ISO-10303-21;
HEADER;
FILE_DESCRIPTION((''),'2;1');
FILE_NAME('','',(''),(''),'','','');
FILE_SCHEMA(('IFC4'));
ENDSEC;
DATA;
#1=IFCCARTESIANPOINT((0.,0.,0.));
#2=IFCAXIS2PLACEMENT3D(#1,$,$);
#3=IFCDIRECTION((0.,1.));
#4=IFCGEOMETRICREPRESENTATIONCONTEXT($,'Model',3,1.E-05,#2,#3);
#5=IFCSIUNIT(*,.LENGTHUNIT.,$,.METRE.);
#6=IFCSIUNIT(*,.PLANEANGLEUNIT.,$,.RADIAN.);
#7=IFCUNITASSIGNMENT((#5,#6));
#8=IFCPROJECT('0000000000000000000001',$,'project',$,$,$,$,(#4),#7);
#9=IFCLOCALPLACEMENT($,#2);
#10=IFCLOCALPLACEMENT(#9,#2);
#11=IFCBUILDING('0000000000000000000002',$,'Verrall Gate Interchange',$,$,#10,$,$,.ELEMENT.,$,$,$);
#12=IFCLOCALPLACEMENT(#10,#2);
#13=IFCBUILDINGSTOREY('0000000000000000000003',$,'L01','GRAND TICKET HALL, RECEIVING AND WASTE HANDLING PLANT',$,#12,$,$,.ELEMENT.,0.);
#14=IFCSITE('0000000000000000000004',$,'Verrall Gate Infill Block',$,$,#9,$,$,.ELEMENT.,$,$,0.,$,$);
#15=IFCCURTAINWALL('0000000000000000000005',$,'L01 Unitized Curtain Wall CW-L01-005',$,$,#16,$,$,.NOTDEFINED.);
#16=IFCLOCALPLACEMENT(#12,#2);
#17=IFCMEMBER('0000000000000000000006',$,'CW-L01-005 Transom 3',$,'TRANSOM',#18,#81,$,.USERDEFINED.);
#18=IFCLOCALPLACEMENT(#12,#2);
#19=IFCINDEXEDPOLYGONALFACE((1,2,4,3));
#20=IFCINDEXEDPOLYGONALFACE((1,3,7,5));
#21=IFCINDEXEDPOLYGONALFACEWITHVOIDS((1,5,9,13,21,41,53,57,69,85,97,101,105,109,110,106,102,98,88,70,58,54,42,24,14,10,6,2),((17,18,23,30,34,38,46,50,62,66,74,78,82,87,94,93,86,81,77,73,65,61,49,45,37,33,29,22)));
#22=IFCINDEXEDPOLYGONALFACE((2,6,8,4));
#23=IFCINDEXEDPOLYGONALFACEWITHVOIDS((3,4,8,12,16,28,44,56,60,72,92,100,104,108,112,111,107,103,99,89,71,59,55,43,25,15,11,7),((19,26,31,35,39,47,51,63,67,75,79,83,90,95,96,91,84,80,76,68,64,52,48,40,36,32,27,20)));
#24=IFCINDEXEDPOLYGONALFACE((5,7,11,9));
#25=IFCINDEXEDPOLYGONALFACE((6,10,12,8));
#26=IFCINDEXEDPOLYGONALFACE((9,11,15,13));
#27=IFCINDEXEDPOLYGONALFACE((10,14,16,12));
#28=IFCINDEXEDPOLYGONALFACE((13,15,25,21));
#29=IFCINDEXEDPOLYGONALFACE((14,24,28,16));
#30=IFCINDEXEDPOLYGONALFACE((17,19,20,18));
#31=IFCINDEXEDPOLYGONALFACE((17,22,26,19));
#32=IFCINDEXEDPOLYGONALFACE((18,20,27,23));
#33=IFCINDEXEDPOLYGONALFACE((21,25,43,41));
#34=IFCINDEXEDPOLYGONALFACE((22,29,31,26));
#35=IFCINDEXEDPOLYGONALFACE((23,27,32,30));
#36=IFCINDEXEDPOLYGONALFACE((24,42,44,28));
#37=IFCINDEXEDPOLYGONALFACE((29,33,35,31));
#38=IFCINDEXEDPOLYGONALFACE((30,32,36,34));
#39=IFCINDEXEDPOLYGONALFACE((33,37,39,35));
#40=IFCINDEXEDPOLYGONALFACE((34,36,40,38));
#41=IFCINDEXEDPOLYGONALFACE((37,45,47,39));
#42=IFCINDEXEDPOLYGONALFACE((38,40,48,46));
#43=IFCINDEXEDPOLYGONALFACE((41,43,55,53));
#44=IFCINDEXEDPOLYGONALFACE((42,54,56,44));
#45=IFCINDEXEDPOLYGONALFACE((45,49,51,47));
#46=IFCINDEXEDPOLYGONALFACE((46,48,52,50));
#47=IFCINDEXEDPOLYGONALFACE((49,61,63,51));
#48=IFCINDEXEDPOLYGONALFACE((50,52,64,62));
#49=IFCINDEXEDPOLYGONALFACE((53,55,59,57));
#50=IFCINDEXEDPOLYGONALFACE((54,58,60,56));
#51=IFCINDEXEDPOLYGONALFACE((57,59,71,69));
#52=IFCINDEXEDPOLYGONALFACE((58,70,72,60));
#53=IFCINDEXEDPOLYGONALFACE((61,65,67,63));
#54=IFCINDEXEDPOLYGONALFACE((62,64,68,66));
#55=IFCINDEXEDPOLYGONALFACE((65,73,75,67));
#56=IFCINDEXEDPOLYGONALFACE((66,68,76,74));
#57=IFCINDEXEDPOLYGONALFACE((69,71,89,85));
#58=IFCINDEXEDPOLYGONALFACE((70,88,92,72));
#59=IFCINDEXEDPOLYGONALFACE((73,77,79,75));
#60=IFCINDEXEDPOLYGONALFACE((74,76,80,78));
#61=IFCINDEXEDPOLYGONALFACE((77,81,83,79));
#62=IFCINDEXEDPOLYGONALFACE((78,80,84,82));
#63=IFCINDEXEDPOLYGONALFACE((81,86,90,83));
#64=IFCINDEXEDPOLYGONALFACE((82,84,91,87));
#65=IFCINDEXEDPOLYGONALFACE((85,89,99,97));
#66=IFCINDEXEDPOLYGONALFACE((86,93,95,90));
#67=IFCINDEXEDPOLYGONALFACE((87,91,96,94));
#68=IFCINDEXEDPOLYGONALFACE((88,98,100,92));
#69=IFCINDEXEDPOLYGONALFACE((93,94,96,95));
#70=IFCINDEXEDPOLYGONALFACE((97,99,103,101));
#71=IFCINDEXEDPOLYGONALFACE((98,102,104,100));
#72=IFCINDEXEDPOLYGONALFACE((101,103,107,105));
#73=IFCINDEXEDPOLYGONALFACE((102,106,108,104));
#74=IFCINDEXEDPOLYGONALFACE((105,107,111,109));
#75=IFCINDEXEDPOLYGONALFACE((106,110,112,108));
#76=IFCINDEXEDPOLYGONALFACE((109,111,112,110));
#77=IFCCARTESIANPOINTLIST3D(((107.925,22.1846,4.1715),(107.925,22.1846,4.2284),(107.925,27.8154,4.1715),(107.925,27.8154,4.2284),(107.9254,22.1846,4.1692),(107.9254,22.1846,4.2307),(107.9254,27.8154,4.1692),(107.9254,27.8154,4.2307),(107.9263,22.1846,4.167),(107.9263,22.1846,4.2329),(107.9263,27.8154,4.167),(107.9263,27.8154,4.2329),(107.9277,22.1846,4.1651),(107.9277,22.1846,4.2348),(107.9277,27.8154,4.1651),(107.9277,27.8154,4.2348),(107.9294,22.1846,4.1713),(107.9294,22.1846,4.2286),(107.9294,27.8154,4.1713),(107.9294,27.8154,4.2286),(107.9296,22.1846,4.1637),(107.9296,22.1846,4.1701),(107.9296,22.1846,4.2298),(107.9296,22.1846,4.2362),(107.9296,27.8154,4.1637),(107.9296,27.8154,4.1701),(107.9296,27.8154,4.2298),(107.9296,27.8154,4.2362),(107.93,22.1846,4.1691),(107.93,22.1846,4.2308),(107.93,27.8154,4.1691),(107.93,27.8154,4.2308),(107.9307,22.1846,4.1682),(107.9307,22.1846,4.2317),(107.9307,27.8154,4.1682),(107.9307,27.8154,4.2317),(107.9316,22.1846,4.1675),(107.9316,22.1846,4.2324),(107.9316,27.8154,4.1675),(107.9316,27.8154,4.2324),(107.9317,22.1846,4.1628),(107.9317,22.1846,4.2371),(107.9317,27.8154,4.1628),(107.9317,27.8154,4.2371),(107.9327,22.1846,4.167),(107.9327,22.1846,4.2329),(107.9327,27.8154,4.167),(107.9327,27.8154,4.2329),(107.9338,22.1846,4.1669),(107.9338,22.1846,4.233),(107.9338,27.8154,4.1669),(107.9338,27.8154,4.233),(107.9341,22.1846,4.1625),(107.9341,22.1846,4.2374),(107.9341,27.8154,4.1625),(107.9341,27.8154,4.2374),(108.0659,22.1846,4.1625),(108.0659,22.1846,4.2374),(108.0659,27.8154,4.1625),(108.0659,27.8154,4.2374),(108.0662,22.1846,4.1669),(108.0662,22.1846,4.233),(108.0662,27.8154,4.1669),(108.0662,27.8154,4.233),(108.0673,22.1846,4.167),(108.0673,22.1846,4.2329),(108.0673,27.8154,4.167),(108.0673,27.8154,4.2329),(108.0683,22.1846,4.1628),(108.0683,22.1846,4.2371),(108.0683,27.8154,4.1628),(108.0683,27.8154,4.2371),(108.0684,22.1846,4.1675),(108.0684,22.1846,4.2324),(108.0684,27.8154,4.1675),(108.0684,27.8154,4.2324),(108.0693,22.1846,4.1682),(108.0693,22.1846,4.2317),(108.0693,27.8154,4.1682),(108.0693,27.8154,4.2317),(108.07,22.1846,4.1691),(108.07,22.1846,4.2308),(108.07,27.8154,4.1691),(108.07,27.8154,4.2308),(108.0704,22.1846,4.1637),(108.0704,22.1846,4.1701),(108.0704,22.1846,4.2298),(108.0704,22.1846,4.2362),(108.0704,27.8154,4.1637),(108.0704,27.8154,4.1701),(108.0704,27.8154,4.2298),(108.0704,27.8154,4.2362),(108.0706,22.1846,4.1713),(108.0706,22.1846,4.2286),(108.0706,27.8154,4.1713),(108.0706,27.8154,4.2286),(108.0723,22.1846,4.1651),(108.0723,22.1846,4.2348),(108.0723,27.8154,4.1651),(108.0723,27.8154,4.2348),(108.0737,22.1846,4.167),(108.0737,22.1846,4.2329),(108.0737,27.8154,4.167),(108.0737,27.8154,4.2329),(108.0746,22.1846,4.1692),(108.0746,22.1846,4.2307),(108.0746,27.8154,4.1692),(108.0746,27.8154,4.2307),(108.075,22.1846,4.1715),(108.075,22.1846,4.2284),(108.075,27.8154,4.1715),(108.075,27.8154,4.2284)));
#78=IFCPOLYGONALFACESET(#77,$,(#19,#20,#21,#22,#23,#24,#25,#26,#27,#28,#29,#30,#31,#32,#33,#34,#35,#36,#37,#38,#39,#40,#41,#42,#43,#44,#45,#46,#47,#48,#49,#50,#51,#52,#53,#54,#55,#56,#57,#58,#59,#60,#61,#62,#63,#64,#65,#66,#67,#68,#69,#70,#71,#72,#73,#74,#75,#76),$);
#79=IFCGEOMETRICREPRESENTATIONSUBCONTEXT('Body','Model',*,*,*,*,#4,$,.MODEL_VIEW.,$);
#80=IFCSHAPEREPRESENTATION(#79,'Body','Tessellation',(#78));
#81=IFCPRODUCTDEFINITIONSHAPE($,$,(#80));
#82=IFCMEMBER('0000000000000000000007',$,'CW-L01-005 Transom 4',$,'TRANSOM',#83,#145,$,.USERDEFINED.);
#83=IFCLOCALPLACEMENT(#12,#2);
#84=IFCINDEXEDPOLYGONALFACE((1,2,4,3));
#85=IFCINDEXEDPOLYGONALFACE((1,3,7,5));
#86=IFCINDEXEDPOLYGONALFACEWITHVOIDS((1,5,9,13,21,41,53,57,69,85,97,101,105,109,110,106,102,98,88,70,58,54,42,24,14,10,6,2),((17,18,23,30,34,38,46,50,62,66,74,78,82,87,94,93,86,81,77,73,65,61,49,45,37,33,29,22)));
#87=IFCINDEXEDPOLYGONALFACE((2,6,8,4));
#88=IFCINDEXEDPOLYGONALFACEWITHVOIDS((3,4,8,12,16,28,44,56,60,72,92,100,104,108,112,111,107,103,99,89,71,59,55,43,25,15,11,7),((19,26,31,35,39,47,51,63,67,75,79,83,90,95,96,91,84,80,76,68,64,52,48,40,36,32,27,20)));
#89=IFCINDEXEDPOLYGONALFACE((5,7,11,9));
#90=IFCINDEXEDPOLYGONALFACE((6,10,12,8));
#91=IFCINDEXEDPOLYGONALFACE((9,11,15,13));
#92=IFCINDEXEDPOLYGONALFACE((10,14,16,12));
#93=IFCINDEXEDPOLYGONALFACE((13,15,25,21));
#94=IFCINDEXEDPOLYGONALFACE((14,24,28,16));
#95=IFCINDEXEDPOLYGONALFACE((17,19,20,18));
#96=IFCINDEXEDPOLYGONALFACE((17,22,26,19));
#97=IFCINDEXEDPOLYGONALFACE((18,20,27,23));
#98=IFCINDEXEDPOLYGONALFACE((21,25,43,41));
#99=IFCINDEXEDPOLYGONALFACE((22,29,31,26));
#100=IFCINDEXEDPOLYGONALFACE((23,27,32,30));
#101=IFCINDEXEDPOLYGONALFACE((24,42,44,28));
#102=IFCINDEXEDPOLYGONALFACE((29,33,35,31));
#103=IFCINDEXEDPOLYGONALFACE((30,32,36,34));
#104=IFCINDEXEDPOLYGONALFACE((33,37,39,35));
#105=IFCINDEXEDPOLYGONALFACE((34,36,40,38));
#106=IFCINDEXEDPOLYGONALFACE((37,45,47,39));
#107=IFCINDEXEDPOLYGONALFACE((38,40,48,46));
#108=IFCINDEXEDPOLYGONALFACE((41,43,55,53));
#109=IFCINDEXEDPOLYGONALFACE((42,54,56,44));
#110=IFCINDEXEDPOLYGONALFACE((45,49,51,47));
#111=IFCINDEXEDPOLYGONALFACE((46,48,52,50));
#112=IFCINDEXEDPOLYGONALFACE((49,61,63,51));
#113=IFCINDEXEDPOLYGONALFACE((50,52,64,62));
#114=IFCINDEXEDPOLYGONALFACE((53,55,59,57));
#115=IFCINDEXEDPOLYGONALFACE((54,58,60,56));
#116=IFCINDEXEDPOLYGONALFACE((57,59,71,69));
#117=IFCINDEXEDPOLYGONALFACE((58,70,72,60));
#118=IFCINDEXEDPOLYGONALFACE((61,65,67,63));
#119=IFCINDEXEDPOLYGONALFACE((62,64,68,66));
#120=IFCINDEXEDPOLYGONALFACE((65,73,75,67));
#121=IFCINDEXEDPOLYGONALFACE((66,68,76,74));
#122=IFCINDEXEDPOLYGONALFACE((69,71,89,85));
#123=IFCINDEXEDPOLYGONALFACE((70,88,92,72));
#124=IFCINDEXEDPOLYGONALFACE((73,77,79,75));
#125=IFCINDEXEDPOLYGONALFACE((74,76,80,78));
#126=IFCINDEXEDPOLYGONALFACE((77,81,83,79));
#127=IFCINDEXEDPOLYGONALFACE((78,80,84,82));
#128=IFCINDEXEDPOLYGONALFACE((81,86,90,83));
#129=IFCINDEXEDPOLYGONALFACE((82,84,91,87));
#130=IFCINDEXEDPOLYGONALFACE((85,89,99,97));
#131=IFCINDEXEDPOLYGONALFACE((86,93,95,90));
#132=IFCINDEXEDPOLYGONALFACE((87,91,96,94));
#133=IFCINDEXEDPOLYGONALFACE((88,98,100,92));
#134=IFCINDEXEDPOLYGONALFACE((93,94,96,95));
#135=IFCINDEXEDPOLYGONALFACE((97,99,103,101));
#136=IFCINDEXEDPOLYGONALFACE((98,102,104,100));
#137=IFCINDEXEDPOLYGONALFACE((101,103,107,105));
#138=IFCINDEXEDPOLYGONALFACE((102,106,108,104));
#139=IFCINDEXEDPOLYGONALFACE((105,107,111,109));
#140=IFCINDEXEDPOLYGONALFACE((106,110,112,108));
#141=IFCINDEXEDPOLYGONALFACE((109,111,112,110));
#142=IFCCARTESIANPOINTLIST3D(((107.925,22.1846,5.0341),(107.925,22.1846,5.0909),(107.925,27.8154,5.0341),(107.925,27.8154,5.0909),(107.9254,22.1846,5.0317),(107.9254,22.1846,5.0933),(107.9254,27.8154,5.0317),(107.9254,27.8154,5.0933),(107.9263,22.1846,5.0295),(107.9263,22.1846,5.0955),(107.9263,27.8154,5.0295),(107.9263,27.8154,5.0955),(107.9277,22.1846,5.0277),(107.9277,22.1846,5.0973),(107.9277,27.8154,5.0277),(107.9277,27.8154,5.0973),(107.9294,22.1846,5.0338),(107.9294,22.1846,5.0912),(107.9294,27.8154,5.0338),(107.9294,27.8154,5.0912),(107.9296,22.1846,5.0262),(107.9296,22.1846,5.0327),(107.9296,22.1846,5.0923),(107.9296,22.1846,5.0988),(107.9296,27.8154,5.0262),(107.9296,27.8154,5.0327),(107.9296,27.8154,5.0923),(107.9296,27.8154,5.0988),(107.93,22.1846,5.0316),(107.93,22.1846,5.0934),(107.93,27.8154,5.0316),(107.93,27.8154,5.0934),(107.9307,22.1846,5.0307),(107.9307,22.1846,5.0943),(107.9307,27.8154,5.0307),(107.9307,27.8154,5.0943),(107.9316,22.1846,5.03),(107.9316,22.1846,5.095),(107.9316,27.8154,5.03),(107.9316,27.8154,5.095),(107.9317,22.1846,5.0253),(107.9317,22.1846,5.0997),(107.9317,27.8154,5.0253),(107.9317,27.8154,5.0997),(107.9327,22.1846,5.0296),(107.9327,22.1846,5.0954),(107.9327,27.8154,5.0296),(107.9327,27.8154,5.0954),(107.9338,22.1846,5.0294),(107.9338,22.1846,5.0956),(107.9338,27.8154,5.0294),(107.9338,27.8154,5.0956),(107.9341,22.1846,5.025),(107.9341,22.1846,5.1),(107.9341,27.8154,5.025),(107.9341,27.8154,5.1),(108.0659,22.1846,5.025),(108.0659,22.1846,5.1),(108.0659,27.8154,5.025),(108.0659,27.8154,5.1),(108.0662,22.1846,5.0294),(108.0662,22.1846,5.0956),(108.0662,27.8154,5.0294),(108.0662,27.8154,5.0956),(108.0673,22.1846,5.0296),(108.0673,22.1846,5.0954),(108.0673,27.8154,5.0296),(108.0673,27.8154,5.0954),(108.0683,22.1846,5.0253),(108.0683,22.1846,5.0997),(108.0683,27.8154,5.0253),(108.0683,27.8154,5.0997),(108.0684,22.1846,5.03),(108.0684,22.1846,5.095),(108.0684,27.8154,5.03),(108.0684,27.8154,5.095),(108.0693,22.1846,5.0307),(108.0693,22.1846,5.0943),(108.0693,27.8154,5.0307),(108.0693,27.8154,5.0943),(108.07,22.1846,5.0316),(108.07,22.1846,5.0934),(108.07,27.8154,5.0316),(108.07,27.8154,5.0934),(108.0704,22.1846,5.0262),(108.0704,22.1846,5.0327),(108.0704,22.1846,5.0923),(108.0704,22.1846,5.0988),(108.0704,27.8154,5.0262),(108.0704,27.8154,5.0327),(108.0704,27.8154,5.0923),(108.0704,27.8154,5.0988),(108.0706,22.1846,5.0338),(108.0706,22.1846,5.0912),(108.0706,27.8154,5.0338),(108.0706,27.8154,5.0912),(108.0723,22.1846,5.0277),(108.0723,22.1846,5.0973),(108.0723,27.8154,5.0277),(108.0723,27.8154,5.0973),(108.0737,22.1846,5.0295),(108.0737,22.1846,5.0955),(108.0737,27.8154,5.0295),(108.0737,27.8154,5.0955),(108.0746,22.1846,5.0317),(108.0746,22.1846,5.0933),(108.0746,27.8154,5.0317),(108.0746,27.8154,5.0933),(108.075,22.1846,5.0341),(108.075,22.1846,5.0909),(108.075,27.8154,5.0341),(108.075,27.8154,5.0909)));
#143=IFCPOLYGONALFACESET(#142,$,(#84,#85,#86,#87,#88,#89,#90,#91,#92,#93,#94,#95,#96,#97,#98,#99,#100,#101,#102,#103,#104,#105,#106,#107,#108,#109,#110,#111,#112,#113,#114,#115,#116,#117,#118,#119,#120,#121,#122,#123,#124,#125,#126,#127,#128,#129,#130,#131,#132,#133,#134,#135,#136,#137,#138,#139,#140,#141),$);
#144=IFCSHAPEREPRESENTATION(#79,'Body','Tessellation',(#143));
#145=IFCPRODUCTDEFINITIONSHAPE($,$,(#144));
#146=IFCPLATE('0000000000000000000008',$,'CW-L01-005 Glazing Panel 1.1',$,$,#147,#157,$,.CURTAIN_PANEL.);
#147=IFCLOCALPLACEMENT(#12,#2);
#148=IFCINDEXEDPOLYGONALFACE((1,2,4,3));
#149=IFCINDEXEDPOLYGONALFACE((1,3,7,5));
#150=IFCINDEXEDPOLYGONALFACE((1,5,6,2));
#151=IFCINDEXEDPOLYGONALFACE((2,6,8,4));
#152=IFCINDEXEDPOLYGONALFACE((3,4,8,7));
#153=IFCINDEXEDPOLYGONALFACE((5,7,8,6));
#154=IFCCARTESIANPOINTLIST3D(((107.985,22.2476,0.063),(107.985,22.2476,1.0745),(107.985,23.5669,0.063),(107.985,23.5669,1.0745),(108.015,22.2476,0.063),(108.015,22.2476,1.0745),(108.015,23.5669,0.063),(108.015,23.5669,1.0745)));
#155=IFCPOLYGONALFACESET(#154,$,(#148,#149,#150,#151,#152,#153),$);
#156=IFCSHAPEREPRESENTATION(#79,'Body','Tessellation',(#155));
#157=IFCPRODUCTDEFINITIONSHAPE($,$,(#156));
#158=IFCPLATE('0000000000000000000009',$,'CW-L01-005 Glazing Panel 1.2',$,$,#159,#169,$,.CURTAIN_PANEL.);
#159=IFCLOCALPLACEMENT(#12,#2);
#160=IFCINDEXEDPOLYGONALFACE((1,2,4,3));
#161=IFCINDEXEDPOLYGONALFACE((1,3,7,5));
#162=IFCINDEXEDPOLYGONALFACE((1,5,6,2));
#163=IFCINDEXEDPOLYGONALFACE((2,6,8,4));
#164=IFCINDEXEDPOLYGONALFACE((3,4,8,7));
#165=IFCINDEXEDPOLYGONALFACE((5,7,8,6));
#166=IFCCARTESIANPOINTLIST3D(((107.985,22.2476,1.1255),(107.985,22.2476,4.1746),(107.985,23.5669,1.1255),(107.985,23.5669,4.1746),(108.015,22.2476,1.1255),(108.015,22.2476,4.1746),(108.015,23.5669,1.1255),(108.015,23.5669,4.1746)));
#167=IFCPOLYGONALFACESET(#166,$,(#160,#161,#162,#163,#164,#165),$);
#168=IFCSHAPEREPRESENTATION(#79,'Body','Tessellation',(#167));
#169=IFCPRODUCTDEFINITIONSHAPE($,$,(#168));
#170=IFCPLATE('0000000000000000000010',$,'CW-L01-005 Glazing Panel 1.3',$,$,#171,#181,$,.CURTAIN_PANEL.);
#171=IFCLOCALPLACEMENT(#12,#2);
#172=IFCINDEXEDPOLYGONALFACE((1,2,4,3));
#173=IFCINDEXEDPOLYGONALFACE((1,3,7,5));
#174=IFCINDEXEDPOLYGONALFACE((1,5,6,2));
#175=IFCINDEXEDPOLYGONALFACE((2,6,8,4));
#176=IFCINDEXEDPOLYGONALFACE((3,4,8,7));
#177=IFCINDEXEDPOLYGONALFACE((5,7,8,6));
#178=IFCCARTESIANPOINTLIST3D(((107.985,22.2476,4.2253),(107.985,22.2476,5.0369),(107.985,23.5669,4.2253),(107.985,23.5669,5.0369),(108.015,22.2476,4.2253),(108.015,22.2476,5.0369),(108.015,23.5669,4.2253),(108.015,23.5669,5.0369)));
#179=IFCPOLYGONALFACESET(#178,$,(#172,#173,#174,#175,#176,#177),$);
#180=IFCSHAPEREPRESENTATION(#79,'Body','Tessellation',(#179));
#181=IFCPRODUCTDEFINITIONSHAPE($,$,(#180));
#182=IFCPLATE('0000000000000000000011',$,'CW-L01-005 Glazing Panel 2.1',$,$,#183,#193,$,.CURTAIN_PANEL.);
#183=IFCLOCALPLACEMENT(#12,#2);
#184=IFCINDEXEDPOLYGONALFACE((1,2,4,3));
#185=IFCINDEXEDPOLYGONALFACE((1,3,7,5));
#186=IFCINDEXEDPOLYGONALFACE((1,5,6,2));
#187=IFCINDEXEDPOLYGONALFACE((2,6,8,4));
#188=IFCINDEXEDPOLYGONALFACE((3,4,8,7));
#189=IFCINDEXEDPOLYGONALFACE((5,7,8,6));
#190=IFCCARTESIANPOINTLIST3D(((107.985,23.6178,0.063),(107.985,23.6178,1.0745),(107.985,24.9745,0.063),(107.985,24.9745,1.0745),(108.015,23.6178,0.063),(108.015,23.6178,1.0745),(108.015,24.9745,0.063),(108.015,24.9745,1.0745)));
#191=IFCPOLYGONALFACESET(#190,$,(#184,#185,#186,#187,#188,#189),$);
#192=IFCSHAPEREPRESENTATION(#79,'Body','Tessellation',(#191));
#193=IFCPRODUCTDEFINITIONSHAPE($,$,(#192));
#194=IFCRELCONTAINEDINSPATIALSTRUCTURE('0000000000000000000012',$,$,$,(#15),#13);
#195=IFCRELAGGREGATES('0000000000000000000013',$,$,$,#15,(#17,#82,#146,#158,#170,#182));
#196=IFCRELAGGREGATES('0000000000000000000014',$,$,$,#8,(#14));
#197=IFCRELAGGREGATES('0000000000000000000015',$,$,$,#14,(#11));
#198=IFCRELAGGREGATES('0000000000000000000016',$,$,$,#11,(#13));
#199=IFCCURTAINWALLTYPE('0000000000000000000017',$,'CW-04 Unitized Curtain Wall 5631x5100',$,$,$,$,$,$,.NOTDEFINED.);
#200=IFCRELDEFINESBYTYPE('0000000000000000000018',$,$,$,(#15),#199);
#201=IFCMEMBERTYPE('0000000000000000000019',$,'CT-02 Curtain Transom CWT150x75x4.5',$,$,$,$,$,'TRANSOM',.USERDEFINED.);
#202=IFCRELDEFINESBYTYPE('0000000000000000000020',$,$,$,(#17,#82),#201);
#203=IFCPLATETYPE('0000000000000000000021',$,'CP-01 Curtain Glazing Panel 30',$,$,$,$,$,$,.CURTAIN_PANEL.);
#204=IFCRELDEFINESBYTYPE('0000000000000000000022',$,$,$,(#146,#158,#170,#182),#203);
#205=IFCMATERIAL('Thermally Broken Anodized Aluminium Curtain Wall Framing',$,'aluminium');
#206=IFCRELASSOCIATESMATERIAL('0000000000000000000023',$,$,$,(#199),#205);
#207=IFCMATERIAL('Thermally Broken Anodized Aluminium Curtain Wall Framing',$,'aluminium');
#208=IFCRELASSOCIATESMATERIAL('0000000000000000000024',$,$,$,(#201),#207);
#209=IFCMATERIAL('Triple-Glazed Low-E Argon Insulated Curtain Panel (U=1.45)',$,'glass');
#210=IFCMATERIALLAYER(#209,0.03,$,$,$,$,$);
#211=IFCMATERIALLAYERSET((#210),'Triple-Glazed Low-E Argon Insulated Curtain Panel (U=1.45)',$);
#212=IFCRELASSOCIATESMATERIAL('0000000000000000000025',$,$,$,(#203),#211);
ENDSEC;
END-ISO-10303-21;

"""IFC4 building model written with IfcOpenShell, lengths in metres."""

from ifc_helpers import new_model, si_unit, direction, frame, origin, origin_2d, place, context, subcontext, project, spatial, rectangle, hollow_rectangle, extrude, material, layer, layer_set, material_profile, profile_set, type_object, element, aggregate, save


model = new_model("IFC4")

# Units and contexts
model_context = context("Model", 3, precision=1e-05, world=origin(), true_north=direction((0.0, 1.0)))
body_context = subcontext(model_context, "Body", "Model", "MODEL_VIEW")
ifc_project = project(units=[si_unit("LENGTHUNIT", "METRE"), si_unit("PLANEANGLEUNIT", "RADIAN")], contexts=[model_context])

# Site, building, storey
site_placement = place(None, origin())
site = spatial("IfcSite", under=ifc_project, at=site_placement, Name="Verrall Gate Infill Block", CompositionType="ELEMENT", RefElevation=0.0)
building_placement = place(site_placement, origin())
building = spatial("IfcBuilding", under=site, at=building_placement, Name="Verrall Gate Interchange", CompositionType="ELEMENT")
storey_placement = place(building_placement, origin())
storey = spatial("IfcBuildingStorey", under=building, at=storey_placement, Name="L01", Description="GRAND TICKET HALL, RECEIVING AND WASTE HANDLING PLANT", CompositionType="ELEMENT", Elevation=0.0)

# Curtain wall, members, plates
ifc_material_1 = material(Name="Thermally Broken Anodized Aluminium Curtain Wall Framing", Category="aluminium")
curtain_wall_type = type_object("IfcCurtainWallType", Name="CW-04 Unitized Curtain Wall 5631x5100", PredefinedType="NOTDEFINED", material=ifc_material_1)
curtain_wall_placement = place(storey_placement, origin())
curtain_wall = element("IfcCurtainWall", 1, at=curtain_wall_placement, inside=storey, type_object=curtain_wall_type, Name="L01 Unitized Curtain Wall CW-L01-005", PredefinedType="NOTDEFINED")
ifc_material_2 = material(Name="Thermally Broken Anodized Aluminium Curtain Wall Framing", Category="aluminium")
ifc_material_profile_1 = material_profile(ifc_material_2, hollow_rectangle(XDim=0.1499, YDim=0.075, WallThickness=0.0044, InnerFilletRadius=0.0044, OuterFilletRadius=0.009, at=origin_2d()), Name="CWT150x75x4.5")
ifc_profile_set_1 = profile_set([ifc_material_profile_1], Name="Thermally Broken Anodized Aluminium Curtain Wall Framing")
member_type_1 = type_object("IfcMemberType", Name="CT-02 Curtain Transom CWT150x75x4.5", ElementType="TRANSOM", PredefinedType="USERDEFINED", material=ifc_profile_set_1)
member_1_placement = place(storey_placement, frame((108.0, 22.1846, 4.2), z_axis=(0.0, 1.0, 0.0), x_axis=(-1.0, 0.0, 0.0)))
member_1 = element("IfcMember", 2, at=member_1_placement, type_object=member_type_1, Name="CW-L01-005 Transom 3", ObjectType="TRANSOM", PredefinedType="USERDEFINED", context=body_context, shape_type="SweptSolid", body=[
    extrude(hollow_rectangle(XDim=0.1499, YDim=0.075, WallThickness=0.0044, InnerFilletRadius=0.0044, OuterFilletRadius=0.009, at=origin_2d()), origin(), (0.0, 0.0, 1.0), 5.6309),
])
member_2_placement = place(storey_placement, frame((108.0, 22.1846, 5.0625), z_axis=(0.0, 1.0, 0.0), x_axis=(-1.0, 0.0, 0.0)))
member_2 = element("IfcMember", 3, at=member_2_placement, type_object=member_type_1, Name="CW-L01-005 Transom 4", ObjectType="TRANSOM", PredefinedType="USERDEFINED", context=body_context, shape_type="SweptSolid", body=[
    extrude(hollow_rectangle(XDim=0.1499, YDim=0.075, WallThickness=0.0044, InnerFilletRadius=0.0044, OuterFilletRadius=0.009, at=origin_2d()), origin(), (0.0, 0.0, 1.0), 5.6309),
])
ifc_material_3 = material(Name="Triple-Glazed Low-E Argon Insulated Curtain Panel (U=1.45)", Category="glass")
ifc_layer = layer(ifc_material_3, 0.03)
ifc_layer_set = layer_set([ifc_layer], Name="Triple-Glazed Low-E Argon Insulated Curtain Panel (U=1.45)")
plate_type = type_object("IfcPlateType", Name="CP-01 Curtain Glazing Panel 30", PredefinedType="CURTAIN_PANEL", material=ifc_layer_set)
plate_1_placement = place(storey_placement, frame((108.0, 22.9072, 0.063), z_axis=(0.0, 0.0, 1.0), x_axis=(0.0, 1.0, 0.0)))
plate_1 = element("IfcPlate", 4, at=plate_1_placement, type_object=plate_type, Name="CW-L01-005 Glazing Panel 1.1", PredefinedType="CURTAIN_PANEL", context=body_context, shape_type="SweptSolid", body=[
    extrude(rectangle(XDim=1.3193, YDim=0.03, at=origin_2d()), origin(), (0.0, 0.0, 1.0), 1.0115),
])
plate_2_placement = place(storey_placement, frame((108.0, 22.9072, 1.1255), z_axis=(0.0, 0.0, 1.0), x_axis=(0.0, 1.0, 0.0)))
plate_2 = element("IfcPlate", 5, at=plate_2_placement, type_object=plate_type, Name="CW-L01-005 Glazing Panel 1.2", PredefinedType="CURTAIN_PANEL", context=body_context, shape_type="SweptSolid", body=[
    extrude(rectangle(XDim=1.3193, YDim=0.03, at=origin_2d()), origin(), (0.0, 0.0, 1.0), 3.0491),
])
plate_3_placement = place(storey_placement, frame((108.0, 22.9072, 4.2253), z_axis=(0.0, 0.0, 1.0), x_axis=(0.0, 1.0, 0.0)))
plate_3 = element("IfcPlate", 6, at=plate_3_placement, type_object=plate_type, Name="CW-L01-005 Glazing Panel 1.3", PredefinedType="CURTAIN_PANEL", context=body_context, shape_type="SweptSolid", body=[
    extrude(rectangle(XDim=1.3193, YDim=0.03, at=origin_2d()), origin(), (0.0, 0.0, 1.0), 0.8115),
])
plate_4_placement = place(storey_placement, frame((108.0, 24.2961, 0.063), z_axis=(0.0, 0.0, 1.0), x_axis=(0.0, 1.0, 0.0)))
plate_4 = element("IfcPlate", 7, at=plate_4_placement, type_object=plate_type, Name="CW-L01-005 Glazing Panel 2.1", PredefinedType="CURTAIN_PANEL", context=body_context, shape_type="SweptSolid", body=[
    extrude(rectangle(XDim=1.3567, YDim=0.03, at=origin_2d()), origin(), (0.0, 0.0, 1.0), 1.0115),
])
aggregate(curtain_wall, [member_1, member_2, plate_1, plate_2, plate_3, plate_4])

save(model, "model.ifc")
